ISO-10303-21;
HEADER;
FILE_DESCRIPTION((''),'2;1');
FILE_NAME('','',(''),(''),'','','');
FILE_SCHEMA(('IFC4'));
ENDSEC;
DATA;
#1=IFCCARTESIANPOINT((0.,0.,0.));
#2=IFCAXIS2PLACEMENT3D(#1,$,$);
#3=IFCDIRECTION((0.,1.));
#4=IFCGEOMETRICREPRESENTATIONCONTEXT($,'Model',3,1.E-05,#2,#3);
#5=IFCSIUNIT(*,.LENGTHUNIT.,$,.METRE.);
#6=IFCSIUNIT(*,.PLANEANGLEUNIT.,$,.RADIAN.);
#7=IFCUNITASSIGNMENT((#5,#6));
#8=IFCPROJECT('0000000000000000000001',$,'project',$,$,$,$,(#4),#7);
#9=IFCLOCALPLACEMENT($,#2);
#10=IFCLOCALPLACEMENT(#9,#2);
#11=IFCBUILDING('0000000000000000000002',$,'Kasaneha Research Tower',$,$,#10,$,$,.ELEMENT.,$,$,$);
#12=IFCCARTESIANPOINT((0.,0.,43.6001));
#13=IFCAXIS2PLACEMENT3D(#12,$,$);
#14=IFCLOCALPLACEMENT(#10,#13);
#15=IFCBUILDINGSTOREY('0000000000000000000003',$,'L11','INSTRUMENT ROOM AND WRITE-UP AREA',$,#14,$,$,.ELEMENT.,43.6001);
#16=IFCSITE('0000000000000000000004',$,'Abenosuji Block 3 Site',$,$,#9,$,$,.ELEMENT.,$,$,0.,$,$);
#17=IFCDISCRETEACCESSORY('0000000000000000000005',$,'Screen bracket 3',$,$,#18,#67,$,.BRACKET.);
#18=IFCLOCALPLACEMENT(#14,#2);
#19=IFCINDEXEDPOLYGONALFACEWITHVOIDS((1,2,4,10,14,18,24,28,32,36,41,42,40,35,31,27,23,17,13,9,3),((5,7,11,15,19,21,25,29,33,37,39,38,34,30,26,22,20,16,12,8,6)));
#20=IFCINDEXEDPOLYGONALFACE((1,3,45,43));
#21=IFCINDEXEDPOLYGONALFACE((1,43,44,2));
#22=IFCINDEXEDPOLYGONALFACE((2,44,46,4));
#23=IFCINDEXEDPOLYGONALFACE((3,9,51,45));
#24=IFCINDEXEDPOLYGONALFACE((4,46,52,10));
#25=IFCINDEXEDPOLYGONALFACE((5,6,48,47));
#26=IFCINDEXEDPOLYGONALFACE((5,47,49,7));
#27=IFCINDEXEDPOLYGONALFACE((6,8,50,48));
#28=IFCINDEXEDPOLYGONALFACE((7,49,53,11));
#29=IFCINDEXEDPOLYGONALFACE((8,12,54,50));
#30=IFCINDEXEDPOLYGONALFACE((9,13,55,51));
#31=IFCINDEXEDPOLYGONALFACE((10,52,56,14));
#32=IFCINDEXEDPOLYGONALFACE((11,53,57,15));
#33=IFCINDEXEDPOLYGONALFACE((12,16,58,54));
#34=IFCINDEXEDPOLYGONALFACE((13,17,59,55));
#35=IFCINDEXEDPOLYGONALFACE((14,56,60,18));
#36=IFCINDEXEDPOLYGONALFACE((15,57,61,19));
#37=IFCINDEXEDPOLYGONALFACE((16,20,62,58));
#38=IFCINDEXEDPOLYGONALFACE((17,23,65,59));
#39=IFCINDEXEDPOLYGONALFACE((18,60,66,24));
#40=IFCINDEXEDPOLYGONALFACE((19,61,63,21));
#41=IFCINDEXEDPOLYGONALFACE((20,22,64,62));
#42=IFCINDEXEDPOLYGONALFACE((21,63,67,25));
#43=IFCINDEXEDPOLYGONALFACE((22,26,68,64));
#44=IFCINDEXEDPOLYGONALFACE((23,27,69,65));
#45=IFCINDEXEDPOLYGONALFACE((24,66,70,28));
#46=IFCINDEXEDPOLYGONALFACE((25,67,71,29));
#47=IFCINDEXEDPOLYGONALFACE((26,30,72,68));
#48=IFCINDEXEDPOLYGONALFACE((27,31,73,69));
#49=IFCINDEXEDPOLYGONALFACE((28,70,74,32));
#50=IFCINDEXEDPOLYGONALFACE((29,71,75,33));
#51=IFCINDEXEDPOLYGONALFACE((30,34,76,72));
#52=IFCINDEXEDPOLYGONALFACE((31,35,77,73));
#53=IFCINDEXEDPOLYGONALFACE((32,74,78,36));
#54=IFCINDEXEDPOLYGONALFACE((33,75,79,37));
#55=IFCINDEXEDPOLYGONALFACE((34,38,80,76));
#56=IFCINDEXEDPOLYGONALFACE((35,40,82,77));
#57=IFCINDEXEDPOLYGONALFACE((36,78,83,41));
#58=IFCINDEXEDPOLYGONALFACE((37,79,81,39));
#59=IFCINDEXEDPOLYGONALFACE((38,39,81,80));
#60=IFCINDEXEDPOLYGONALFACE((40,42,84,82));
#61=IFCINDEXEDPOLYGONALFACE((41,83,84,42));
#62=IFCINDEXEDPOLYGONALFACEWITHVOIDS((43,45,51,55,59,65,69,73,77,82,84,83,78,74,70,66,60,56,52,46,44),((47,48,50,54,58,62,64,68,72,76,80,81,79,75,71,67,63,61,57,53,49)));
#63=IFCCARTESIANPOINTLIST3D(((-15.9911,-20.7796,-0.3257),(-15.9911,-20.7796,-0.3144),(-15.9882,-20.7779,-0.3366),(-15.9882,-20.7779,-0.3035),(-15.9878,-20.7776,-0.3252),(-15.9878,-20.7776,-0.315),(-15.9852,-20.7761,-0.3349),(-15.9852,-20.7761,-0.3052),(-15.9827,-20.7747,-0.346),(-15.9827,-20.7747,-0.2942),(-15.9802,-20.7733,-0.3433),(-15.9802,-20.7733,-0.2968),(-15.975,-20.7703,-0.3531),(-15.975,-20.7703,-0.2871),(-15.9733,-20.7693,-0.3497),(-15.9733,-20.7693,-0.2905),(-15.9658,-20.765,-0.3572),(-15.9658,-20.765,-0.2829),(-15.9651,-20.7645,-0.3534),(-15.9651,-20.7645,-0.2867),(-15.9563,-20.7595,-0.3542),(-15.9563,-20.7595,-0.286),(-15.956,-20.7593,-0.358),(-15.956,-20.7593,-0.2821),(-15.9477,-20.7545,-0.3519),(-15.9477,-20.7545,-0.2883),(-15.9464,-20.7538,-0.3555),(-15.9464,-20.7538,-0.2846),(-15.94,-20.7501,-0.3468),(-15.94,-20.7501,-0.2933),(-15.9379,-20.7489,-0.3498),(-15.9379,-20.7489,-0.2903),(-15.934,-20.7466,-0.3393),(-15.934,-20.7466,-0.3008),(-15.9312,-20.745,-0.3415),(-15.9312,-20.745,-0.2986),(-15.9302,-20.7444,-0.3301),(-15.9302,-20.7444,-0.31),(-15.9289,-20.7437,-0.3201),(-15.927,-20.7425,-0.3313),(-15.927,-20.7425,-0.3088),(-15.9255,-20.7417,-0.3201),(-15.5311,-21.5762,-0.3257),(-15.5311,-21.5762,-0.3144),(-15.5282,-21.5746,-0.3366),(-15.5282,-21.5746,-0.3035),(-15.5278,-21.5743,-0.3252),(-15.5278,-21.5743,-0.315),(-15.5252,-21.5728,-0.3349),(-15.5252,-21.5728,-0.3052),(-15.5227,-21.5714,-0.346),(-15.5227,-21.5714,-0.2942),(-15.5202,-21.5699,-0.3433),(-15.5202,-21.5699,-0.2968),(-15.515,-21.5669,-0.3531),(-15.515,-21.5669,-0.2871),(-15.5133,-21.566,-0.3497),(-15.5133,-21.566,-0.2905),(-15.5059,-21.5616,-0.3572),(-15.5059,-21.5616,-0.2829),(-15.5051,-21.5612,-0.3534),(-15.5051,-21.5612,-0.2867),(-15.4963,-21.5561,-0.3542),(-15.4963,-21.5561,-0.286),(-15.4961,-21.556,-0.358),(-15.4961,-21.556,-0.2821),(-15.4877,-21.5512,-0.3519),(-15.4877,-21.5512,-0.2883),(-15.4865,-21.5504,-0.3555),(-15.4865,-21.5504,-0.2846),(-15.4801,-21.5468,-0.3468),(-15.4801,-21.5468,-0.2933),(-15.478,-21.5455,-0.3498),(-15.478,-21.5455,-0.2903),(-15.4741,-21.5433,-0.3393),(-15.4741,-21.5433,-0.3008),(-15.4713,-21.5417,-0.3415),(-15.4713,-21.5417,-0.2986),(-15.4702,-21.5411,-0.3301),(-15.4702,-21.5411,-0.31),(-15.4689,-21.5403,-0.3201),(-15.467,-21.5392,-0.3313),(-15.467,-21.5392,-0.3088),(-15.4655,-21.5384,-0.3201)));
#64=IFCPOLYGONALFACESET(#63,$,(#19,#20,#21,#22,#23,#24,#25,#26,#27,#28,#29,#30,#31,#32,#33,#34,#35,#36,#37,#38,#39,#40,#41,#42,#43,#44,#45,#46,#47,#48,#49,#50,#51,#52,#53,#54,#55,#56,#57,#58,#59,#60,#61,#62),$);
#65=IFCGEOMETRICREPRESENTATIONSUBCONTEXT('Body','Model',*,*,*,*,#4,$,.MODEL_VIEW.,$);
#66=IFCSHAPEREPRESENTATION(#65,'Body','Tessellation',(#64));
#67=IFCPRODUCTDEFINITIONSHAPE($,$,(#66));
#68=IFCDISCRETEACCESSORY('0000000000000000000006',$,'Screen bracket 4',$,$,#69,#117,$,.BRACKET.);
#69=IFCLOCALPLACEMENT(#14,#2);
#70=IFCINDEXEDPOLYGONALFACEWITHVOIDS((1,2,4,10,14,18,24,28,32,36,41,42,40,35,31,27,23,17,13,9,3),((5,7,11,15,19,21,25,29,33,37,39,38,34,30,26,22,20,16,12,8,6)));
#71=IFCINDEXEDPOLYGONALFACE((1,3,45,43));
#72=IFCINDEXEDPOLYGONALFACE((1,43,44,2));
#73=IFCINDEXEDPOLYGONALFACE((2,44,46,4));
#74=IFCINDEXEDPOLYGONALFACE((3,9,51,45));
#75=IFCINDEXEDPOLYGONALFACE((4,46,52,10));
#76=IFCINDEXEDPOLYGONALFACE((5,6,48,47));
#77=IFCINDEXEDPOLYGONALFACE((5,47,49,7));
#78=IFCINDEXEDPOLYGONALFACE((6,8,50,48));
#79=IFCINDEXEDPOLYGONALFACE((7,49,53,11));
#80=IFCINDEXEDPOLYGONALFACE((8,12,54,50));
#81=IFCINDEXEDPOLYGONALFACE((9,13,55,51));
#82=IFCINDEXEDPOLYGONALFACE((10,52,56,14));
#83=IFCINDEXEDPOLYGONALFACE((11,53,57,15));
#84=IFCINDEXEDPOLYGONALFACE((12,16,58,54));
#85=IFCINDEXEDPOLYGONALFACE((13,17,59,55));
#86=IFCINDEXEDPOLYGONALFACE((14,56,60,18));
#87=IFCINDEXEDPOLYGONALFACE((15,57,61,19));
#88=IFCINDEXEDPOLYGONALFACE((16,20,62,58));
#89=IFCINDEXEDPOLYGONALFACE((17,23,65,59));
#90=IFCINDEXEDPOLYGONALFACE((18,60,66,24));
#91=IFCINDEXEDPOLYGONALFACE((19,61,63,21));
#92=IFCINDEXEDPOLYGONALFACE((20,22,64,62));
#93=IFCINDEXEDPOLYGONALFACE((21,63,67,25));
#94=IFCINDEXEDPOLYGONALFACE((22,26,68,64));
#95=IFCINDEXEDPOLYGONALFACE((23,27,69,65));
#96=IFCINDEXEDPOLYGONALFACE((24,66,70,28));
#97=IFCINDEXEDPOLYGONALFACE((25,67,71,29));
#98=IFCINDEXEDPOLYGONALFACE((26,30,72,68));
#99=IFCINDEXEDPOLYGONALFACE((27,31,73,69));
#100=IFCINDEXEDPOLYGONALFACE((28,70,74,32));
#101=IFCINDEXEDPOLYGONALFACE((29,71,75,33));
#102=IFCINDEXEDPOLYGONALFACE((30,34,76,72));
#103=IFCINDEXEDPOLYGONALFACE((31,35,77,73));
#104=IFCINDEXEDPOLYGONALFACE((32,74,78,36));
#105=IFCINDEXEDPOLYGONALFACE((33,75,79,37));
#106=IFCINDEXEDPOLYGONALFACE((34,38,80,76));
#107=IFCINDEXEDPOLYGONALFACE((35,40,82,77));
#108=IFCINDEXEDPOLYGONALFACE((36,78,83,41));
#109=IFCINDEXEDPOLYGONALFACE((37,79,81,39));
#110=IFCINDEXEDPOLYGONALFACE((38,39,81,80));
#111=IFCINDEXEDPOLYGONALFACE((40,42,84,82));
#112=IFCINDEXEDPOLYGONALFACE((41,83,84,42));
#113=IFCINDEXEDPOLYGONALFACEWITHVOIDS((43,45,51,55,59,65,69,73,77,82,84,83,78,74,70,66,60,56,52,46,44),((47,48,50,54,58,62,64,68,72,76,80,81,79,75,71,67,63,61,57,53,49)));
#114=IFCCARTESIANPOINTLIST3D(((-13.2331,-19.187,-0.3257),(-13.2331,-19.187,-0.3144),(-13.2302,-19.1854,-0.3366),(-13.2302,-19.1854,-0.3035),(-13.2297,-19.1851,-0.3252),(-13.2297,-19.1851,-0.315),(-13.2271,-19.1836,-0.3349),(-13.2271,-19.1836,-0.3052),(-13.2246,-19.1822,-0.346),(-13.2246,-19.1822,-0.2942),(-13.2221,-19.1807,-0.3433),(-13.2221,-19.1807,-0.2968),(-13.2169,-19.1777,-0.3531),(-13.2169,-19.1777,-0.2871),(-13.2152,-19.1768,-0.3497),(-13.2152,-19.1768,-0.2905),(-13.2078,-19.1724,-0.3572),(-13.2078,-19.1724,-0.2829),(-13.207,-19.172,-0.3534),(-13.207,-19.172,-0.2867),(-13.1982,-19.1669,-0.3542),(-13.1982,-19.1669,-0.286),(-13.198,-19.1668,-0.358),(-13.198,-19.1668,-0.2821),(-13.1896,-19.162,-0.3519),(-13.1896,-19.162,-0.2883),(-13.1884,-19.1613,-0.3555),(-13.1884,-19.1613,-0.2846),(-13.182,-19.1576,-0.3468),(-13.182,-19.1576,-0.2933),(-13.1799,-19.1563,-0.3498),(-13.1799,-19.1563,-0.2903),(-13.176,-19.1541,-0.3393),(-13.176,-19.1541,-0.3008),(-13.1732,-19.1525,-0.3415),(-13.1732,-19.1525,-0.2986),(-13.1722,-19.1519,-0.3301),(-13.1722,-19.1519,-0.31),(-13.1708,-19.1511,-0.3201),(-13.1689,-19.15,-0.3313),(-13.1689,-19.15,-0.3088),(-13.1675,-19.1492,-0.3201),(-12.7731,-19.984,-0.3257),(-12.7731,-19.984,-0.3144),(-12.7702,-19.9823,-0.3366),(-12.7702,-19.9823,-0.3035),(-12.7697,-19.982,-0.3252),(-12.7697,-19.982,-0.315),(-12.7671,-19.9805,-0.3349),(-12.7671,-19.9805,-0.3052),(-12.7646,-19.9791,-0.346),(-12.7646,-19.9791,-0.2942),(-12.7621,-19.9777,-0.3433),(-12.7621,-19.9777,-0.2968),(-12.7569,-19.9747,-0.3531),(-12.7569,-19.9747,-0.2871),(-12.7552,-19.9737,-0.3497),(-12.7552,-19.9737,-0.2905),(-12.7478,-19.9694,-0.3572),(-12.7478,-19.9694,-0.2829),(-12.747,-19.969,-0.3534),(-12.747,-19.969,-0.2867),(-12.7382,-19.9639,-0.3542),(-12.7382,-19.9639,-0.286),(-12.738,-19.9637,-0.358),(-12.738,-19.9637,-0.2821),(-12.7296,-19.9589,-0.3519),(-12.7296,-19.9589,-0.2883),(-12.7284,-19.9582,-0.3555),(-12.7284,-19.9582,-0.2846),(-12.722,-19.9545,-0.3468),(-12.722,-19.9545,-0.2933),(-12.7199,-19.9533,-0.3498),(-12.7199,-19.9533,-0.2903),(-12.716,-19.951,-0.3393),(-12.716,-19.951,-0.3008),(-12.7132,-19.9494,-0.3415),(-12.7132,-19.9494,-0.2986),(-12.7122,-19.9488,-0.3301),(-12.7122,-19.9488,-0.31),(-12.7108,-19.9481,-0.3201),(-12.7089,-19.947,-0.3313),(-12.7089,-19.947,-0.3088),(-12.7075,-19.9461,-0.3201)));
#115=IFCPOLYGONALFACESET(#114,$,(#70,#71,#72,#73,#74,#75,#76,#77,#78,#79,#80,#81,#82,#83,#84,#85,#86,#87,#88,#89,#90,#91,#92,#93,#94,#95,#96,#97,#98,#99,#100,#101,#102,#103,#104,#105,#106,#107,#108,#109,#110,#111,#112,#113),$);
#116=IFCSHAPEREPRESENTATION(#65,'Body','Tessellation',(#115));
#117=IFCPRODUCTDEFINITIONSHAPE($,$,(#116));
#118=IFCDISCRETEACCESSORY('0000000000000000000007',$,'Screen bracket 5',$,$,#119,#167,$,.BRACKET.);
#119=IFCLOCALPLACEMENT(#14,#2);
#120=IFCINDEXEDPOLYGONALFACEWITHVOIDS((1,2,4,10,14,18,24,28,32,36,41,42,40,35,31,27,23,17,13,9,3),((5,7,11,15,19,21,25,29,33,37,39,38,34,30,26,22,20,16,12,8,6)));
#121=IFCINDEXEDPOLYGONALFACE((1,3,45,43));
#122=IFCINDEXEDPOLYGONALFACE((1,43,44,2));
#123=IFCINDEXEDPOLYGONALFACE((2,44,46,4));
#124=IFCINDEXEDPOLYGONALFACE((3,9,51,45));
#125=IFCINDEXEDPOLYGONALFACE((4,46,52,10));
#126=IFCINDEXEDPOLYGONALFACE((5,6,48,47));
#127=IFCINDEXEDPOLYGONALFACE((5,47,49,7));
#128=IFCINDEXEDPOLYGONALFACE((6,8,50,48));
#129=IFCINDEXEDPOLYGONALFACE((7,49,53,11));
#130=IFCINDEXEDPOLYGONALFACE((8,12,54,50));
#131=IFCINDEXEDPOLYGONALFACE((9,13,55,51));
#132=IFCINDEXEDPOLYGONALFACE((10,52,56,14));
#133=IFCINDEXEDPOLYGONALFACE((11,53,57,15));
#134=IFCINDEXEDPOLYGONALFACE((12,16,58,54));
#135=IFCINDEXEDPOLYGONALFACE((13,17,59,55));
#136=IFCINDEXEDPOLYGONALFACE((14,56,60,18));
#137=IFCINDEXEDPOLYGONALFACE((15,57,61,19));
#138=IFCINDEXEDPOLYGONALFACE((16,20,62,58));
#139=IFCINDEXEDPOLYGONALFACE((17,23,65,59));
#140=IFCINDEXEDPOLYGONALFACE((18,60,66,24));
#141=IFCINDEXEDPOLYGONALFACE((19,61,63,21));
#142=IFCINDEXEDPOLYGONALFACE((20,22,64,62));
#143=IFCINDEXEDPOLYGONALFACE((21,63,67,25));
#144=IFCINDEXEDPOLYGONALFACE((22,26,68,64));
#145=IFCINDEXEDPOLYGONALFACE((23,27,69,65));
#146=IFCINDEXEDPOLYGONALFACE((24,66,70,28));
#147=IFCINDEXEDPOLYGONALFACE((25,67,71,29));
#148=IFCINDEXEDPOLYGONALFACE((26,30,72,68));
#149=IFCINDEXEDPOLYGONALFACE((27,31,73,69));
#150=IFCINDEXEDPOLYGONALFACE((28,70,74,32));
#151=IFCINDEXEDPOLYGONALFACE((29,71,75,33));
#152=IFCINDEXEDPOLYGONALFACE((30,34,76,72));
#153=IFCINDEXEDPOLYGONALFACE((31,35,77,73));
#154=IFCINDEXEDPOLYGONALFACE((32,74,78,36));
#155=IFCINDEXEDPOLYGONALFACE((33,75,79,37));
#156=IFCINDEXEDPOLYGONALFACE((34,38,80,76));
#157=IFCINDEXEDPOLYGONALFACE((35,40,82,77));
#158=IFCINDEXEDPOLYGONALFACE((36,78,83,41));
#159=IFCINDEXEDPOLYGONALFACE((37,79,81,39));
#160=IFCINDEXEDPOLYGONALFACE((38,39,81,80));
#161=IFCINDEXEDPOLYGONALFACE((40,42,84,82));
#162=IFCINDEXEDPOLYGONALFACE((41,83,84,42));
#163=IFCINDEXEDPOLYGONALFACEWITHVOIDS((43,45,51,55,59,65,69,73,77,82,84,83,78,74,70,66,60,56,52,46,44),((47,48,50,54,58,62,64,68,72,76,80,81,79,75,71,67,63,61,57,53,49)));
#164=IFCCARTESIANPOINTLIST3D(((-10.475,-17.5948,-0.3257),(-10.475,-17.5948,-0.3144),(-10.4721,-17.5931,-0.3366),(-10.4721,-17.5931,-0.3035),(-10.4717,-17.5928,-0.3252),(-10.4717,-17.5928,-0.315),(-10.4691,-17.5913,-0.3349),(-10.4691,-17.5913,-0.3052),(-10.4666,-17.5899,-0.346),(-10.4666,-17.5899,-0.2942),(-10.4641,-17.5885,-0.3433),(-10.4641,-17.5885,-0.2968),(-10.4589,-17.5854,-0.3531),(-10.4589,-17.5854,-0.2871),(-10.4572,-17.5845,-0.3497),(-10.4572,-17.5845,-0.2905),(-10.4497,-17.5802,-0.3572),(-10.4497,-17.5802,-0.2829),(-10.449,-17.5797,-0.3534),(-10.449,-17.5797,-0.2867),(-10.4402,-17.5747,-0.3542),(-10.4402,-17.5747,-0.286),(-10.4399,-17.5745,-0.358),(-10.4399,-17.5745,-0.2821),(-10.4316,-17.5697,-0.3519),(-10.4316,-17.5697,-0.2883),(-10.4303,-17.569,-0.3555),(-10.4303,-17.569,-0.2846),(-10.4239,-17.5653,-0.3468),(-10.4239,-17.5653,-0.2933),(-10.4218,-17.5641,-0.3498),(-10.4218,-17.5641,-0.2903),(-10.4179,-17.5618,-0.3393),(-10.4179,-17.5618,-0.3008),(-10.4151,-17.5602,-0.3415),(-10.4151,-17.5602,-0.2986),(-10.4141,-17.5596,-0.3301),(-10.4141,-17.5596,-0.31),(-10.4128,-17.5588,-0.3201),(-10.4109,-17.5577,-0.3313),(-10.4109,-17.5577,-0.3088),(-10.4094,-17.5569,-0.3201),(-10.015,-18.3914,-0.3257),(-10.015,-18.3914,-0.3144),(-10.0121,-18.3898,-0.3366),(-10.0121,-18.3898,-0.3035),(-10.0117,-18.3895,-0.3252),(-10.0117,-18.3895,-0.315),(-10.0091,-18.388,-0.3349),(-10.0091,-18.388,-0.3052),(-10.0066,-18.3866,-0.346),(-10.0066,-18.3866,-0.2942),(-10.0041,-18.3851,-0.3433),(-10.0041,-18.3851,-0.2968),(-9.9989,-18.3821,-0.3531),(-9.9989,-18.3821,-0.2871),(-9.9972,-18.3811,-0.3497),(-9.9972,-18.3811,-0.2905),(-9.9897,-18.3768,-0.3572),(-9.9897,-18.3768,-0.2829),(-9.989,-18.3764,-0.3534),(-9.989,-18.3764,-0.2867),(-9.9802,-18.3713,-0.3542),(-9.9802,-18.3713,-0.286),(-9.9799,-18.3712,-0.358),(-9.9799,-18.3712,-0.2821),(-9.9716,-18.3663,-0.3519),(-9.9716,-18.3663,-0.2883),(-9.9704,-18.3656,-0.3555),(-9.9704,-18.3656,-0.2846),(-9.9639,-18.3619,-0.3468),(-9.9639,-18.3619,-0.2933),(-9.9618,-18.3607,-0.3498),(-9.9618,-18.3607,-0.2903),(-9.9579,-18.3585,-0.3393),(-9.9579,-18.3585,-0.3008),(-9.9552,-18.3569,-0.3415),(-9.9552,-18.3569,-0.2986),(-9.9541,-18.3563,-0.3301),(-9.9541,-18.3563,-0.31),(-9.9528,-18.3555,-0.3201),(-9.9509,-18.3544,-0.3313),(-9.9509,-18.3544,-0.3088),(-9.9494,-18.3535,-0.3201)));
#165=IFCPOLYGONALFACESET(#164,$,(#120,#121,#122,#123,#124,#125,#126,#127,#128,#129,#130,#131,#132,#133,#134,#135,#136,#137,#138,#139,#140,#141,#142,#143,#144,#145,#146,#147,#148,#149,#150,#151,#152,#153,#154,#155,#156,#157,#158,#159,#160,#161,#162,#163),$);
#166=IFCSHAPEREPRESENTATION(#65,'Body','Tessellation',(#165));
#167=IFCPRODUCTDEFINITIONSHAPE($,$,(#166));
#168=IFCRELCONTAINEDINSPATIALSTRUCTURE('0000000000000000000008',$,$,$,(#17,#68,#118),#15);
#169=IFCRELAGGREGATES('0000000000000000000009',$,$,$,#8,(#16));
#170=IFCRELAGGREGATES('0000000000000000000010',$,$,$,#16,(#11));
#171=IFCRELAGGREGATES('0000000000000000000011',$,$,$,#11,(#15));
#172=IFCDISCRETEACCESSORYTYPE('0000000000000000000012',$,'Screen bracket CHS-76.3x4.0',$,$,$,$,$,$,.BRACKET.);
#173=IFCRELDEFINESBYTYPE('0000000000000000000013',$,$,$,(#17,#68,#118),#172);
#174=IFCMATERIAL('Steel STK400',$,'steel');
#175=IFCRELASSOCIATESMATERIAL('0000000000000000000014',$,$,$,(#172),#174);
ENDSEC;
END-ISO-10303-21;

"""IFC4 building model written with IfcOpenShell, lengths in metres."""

from ifc_helpers import new_model, si_unit, direction, frame, origin, origin_2d, place, context, subcontext, project, spatial, hollow_circle, extrude, material, material_profile, profile_set, type_object, element, save


model = new_model("IFC4")

# Units and contexts
model_context = context("Model", 3, precision=1e-05, world=origin(), true_north=direction((0.0, 1.0)))
body_context = subcontext(model_context, "Body", "Model", "MODEL_VIEW")
ifc_project = project(units=[si_unit("LENGTHUNIT", "METRE"), si_unit("PLANEANGLEUNIT", "RADIAN")], contexts=[model_context])

# Site, building, storey
site_placement = place(None, origin())
site = spatial("IfcSite", under=ifc_project, at=site_placement, Name="Abenosuji Block 3 Site", CompositionType="ELEMENT", RefElevation=0.0)
building_placement = place(site_placement, origin())
building = spatial("IfcBuilding", under=site, at=building_placement, Name="Kasaneha Research Tower", CompositionType="ELEMENT")
storey_placement = place(building_placement, frame((0.0, 0.0, 43.6001)))
storey = spatial("IfcBuildingStorey", under=building, at=storey_placement, Name="L11", Description="INSTRUMENT ROOM AND WRITE-UP AREA", CompositionType="ELEMENT", Elevation=43.6001)

# Discrete accessories
ifc_material_1 = material(Name="Steel STK400", Category="steel")
ifc_material_profile_1 = material_profile(ifc_material_1, hollow_circle(Radius=0.0381, WallThickness=0.0039, at=origin_2d()), Name="CHS-76.3x4.0")
ifc_profile_set_1 = profile_set([ifc_material_profile_1], Name="Steel STK400")
discrete_accessory_type = type_object("IfcDiscreteAccessoryType", Name="Screen bracket CHS-76.3x4.0", PredefinedType="BRACKET", material=ifc_profile_set_1)
discrete_accessory_1_placement = place(storey_placement, frame((-15.9585, -20.7607, -0.3201), z_axis=(0.500021, -0.866013, 0.0), x_axis=(0.866013, 0.500021, 0.0)))
element("IfcDiscreteAccessory", 1, at=discrete_accessory_1_placement, inside=storey, type_object=discrete_accessory_type, Name="Screen bracket 3", PredefinedType="BRACKET", context=body_context, shape_type="SweptSolid", body=[
    extrude(hollow_circle(Radius=0.0381, WallThickness=0.0039, at=origin_2d()), origin(), (0.0, 0.0, 1.0), 0.9199),
])
discrete_accessory_2_placement = place(storey_placement, frame((-13.2004, -19.1682, -0.3201), z_axis=(0.499906, -0.86608, 0.0), x_axis=(0.86608, 0.499906, 0.0)))
element("IfcDiscreteAccessory", 2, at=discrete_accessory_2_placement, inside=storey, type_object=discrete_accessory_type, Name="Screen bracket 4", PredefinedType="BRACKET", context=body_context, shape_type="SweptSolid", body=[
    extrude(hollow_circle(Radius=0.0381, WallThickness=0.0039, at=origin_2d()), origin(), (0.0, 0.0, 1.0), 0.9202),
])
discrete_accessory_3_placement = place(storey_placement, frame((-10.4424, -17.5759, -0.3201), z_axis=(0.500021, -0.866013, 0.0), x_axis=(0.866013, 0.500021, 0.0)))
element("IfcDiscreteAccessory", 3, at=discrete_accessory_3_placement, inside=storey, type_object=discrete_accessory_type, Name="Screen bracket 5", PredefinedType="BRACKET", context=body_context, shape_type="SweptSolid", body=[
    extrude(hollow_circle(Radius=0.0381, WallThickness=0.0039, at=origin_2d()), origin(), (0.0, 0.0, 1.0), 0.9199),
])

save(model, "model.ifc")
